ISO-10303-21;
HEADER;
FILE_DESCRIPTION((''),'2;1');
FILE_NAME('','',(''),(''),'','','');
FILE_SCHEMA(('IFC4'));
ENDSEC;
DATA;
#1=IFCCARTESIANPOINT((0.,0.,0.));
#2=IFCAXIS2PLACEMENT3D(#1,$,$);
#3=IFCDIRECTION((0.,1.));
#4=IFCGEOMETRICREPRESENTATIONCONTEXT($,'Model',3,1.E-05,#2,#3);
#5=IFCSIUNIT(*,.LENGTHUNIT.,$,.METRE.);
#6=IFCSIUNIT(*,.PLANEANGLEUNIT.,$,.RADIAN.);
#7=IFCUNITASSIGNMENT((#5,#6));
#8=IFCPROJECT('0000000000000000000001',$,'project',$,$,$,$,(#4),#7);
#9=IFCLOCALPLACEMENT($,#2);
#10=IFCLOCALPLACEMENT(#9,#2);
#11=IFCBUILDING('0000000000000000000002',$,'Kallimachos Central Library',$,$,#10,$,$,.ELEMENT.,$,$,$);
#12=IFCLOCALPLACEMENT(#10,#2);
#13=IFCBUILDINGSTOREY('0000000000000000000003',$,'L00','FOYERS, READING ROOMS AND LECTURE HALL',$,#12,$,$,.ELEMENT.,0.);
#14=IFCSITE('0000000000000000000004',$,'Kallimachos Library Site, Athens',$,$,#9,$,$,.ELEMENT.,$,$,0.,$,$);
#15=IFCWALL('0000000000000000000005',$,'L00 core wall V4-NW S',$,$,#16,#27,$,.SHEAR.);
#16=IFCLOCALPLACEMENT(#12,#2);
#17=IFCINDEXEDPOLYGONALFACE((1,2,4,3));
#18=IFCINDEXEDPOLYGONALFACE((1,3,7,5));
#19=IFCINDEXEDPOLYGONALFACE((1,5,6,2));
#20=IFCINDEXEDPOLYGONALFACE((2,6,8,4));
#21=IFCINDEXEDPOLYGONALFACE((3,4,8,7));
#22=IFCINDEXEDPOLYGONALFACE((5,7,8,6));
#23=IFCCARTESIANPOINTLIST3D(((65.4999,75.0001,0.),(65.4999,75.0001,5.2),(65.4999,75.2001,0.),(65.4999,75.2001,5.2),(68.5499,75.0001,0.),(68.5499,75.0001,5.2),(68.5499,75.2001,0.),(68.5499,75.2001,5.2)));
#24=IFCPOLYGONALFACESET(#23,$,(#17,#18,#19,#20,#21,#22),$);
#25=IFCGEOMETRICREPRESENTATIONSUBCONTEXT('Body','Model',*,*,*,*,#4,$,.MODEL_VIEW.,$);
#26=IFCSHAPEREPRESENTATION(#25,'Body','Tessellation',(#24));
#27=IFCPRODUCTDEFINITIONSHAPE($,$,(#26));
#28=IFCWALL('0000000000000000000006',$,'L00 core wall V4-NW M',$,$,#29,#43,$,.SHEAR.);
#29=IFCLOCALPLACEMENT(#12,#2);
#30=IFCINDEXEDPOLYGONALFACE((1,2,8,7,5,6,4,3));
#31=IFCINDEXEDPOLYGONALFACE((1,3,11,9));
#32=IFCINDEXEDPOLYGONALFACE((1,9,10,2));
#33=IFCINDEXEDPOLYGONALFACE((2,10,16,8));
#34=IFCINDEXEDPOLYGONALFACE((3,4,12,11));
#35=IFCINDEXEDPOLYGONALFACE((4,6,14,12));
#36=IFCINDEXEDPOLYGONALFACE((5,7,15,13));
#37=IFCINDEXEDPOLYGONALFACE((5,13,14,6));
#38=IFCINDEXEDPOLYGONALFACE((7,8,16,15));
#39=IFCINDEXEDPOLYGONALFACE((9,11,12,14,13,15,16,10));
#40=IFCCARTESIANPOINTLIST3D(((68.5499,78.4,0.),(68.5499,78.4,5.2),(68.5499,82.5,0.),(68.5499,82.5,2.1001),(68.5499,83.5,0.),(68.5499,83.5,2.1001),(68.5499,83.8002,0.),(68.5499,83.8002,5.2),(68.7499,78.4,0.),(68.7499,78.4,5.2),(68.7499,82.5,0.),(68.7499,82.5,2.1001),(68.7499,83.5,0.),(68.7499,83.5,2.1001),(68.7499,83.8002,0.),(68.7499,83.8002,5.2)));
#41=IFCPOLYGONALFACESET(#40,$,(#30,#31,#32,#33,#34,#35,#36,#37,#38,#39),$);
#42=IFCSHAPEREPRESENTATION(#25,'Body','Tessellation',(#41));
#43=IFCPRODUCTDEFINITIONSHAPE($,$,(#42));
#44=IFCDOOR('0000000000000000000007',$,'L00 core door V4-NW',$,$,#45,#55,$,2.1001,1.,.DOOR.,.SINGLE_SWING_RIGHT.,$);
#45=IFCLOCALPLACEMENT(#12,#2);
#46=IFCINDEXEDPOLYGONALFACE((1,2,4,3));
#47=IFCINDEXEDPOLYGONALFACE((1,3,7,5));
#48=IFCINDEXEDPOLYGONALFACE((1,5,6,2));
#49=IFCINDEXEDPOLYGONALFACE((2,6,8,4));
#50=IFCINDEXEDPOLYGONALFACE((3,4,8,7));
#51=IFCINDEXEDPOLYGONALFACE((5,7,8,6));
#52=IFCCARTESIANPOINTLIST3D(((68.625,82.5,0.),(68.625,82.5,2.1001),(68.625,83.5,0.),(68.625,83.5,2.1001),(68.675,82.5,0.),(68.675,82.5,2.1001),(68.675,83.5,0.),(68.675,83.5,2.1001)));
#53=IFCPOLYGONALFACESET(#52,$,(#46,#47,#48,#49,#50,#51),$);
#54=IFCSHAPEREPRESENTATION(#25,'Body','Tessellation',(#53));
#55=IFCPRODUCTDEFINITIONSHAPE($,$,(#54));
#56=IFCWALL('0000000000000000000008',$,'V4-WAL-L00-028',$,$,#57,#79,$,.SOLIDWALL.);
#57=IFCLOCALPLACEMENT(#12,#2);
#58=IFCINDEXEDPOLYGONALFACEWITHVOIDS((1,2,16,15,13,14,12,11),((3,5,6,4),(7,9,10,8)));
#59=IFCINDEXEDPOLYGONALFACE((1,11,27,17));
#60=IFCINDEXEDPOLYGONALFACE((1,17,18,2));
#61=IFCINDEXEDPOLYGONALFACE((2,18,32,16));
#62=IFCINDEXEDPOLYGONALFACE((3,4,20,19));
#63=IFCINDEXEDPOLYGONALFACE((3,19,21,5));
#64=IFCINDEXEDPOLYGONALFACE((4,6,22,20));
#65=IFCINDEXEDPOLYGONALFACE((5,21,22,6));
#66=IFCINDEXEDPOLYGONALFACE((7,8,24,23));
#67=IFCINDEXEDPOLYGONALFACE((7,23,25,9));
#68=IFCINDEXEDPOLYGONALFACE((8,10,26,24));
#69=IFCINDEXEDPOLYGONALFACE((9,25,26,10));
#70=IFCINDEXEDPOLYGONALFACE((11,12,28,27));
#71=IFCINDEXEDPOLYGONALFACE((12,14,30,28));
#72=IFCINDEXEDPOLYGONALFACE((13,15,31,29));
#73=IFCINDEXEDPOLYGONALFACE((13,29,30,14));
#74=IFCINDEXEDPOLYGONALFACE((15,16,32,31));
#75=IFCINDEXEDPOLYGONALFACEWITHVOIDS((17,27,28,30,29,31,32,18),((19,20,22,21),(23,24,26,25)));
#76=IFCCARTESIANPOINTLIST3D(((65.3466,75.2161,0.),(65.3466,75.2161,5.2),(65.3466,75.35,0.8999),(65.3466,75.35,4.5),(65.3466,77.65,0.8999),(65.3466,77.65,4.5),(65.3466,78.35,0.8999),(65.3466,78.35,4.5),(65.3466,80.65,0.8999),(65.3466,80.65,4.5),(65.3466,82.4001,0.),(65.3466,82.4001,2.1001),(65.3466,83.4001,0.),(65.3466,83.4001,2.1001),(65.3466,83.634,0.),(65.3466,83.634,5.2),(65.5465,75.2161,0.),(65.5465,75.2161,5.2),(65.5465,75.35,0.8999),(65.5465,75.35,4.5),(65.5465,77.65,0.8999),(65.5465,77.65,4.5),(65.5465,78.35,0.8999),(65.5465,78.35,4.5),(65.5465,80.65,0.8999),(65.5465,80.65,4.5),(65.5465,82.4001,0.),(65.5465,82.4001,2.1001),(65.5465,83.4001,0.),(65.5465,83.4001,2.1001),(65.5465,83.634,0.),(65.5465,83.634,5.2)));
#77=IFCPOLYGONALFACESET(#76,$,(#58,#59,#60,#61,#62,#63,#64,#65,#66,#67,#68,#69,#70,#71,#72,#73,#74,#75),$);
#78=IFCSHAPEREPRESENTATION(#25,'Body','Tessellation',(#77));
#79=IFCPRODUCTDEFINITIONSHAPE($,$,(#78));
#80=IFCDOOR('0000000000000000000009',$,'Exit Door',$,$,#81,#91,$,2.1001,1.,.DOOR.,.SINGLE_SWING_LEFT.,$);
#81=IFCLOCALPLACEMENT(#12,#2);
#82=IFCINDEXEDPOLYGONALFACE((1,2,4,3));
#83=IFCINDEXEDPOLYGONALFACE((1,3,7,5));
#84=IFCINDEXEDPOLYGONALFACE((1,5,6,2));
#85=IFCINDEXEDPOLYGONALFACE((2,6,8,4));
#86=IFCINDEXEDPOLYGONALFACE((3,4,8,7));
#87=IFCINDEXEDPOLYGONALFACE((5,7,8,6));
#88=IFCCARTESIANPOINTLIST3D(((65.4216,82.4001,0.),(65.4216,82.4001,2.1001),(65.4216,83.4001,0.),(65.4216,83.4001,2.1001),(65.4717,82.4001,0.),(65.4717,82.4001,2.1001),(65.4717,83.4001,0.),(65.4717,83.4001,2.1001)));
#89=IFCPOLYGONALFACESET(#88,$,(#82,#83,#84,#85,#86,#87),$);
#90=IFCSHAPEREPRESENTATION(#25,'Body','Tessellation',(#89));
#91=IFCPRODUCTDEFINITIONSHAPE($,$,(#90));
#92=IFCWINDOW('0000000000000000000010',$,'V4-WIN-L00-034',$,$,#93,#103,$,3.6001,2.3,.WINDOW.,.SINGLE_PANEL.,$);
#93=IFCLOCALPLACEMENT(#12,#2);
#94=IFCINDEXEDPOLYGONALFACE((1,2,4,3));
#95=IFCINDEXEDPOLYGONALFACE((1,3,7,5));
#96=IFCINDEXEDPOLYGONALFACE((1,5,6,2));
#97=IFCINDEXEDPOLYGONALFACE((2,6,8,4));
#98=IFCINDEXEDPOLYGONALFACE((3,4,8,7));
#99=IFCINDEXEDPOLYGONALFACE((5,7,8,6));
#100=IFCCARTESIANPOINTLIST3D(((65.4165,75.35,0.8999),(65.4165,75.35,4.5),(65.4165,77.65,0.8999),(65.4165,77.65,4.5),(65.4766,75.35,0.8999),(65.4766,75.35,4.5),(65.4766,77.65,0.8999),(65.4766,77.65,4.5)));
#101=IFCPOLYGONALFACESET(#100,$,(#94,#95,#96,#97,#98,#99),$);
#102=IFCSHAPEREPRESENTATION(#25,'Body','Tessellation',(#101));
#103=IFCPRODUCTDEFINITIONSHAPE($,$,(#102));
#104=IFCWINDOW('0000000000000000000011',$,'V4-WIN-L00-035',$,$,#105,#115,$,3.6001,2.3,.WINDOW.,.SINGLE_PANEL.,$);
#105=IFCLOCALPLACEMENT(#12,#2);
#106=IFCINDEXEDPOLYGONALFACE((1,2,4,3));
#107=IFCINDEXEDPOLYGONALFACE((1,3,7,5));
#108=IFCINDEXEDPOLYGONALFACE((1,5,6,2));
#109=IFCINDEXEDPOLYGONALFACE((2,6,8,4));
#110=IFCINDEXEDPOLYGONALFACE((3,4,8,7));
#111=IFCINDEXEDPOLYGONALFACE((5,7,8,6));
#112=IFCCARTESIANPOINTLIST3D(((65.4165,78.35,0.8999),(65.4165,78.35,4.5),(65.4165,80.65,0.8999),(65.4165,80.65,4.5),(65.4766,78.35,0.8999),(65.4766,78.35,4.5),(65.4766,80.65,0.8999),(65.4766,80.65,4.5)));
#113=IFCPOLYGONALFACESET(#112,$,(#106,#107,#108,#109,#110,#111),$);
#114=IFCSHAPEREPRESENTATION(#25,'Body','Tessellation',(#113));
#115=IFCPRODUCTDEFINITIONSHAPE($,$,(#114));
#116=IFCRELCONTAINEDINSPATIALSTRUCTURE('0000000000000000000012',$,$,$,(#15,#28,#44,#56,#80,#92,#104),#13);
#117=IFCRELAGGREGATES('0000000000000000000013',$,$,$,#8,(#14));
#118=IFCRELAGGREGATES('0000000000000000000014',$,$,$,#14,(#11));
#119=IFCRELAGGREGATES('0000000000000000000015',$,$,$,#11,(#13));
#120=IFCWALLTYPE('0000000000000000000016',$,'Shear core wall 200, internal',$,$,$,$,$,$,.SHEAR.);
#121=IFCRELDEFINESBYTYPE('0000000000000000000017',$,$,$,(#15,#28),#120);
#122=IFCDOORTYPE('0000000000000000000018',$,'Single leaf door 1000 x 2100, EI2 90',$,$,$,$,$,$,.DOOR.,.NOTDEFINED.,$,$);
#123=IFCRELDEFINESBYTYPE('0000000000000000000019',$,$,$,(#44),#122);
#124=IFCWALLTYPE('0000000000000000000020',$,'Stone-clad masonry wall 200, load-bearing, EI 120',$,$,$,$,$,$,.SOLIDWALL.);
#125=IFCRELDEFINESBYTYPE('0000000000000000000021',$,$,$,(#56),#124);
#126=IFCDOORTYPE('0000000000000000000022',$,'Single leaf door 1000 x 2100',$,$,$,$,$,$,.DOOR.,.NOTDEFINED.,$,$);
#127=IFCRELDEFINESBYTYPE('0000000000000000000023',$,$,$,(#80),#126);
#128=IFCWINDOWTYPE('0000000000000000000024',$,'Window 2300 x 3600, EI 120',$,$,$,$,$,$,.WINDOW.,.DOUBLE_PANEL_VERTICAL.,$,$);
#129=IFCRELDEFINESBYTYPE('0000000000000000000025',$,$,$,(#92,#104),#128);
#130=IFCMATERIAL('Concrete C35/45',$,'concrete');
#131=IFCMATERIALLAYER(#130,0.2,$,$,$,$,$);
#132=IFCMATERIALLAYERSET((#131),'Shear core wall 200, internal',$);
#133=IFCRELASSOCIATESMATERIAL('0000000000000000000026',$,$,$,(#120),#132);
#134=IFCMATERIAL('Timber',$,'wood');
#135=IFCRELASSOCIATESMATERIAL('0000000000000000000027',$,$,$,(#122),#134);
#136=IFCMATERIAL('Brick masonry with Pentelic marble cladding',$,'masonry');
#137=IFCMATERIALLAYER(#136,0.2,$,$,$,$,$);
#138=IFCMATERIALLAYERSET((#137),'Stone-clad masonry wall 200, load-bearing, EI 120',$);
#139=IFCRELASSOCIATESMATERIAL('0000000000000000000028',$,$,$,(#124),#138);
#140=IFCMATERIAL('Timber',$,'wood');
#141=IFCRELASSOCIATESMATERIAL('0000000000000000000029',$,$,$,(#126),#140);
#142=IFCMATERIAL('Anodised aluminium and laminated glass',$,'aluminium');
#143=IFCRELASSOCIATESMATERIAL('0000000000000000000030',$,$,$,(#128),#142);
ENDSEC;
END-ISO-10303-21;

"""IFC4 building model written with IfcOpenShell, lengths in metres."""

from ifc_helpers import new_model, si_unit, direction, frame, frame_2d, origin, place, context, subcontext, project, spatial, rectangle, extrude, material, layer, layer_set, type_object, element, fill, save


model = new_model("IFC4")

# Units and contexts
model_context = context("Model", 3, precision=1e-05, world=origin(), true_north=direction((0.0, 1.0)))
body_context = subcontext(model_context, "Body", "Model", "MODEL_VIEW")
ifc_project = project(units=[si_unit("LENGTHUNIT", "METRE"), si_unit("PLANEANGLEUNIT", "RADIAN")], contexts=[model_context])

# Site, building, storey
site_placement = place(None, origin())
site = spatial("IfcSite", under=ifc_project, at=site_placement, Name="Kallimachos Library Site, Athens", CompositionType="ELEMENT", RefElevation=0.0)
building_placement = place(site_placement, origin())
building = spatial("IfcBuilding", under=site, at=building_placement, Name="Kallimachos Central Library", CompositionType="ELEMENT")
storey_placement = place(building_placement, origin())
storey = spatial("IfcBuildingStorey", under=building, at=storey_placement, Name="L00", Description="FOYERS, READING ROOMS AND LECTURE HALL", CompositionType="ELEMENT", Elevation=0.0)

# Wall
ifc_material_1 = material(Name="Concrete C35/45", Category="concrete")
ifc_layer_1 = layer(ifc_material_1, 0.2)
ifc_layer_set_1 = layer_set([ifc_layer_1], Name="Shear core wall 200, internal")
wall_type_1 = type_object("IfcWallType", Name="Shear core wall 200, internal", PredefinedType="SHEAR", material=ifc_layer_set_1)
wall_1_placement = place(storey_placement, frame((65.5, 75.1001, 0.0), z_axis=(0.0, 0.0, 1.0), x_axis=(1.0, 0.0, 0.0)))
element("IfcWall", 1, at=wall_1_placement, inside=storey, type_object=wall_type_1, Name="L00 core wall V4-NW S", PredefinedType="SHEAR", context=body_context, shape_type="SweptSolid", body=[
    extrude(rectangle(XDim=3.05, YDim=0.2, at=frame_2d((1.5249, 0.0))), origin(), (0.0, 0.0, 1.0), 5.2),
])

# Wall, opening, door
wall_2_placement = place(storey_placement, frame((68.6499, 78.3999, 0.0), z_axis=(0.0, 0.0, 1.0), x_axis=(0.0, 1.0, 0.0)))
wall_2 = element("IfcWall", 2, at=wall_2_placement, inside=storey, type_object=wall_type_1, Name="L00 core wall V4-NW M", PredefinedType="SHEAR", context=body_context, shape_type="SweptSolid", body=[
    extrude(rectangle(XDim=5.4001, YDim=0.2, at=frame_2d((2.7002, 0.0))), origin(), (0.0, 0.0, 1.0), 5.2),
])
opening_1_placement = place(wall_2_placement, frame((4.1001, 0.0, 0.0)))
opening_1 = element("IfcOpeningElement", 3, at=opening_1_placement, cuts=wall_2, PredefinedType="OPENING", context=body_context, shape_type="SweptSolid", body=[
    extrude(rectangle(XDim=1.0, YDim=2.1001, at=frame_2d((0.5, 1.05))), frame((0.0, 0.1099, 0.0), z_axis=(0.0, -1.0, 0.0), x_axis=(1.0, 0.0, 0.0)), (0.0, 0.0, 1.0), 0.22),
])
ifc_material_2 = material(Name="Timber", Category="wood")
door_type_1 = type_object("IfcDoorType", Name="Single leaf door 1000 x 2100, EI2 90", OperationType="NOTDEFINED", PredefinedType="DOOR", material=ifc_material_2)
door_1_placement = place(opening_1_placement, origin())
door_1 = element("IfcDoor", 4, at=door_1_placement, inside=storey, type_object=door_type_1, Name="L00 core door V4-NW", OperationType="SINGLE_SWING_RIGHT", OverallHeight=2.1001, OverallWidth=1.0, PredefinedType="DOOR", context=body_context, shape_type="SweptSolid", body=[
    extrude(rectangle(XDim=1.0, YDim=2.1001, at=frame_2d((0.5, 1.05))), frame((0.0, 0.0249, 0.0), z_axis=(0.0, -1.0, 0.0), x_axis=(1.0, 0.0, 0.0)), (0.0, 0.0, 1.0), 0.05),
])
fill(opening_1, door_1)

# Wall, openings, door, windows
ifc_material_3 = material(Name="Brick masonry with Pentelic marble cladding", Category="masonry")
ifc_layer_2 = layer(ifc_material_3, 0.2)
ifc_layer_set_2 = layer_set([ifc_layer_2], Name="Stone-clad masonry wall 200, load-bearing, EI 120")
wall_type_2 = type_object("IfcWallType", Name="Stone-clad masonry wall 200, load-bearing, EI 120", PredefinedType="SOLIDWALL", material=ifc_layer_set_2)
wall_3_placement = place(storey_placement, frame((65.4465, 75.2161, 0.0), z_axis=(0.0, 0.0, 1.0), x_axis=(0.0, 1.0, 0.0)))
wall_3 = element("IfcWall", 5, at=wall_3_placement, inside=storey, type_object=wall_type_2, Name="V4-WAL-L00-028", PredefinedType="SOLIDWALL", context=body_context, shape_type="SweptSolid", body=[
    extrude(rectangle(XDim=8.418, YDim=0.2, at=frame_2d((4.209, 0.0))), origin(), (0.0, 0.0, 1.0), 5.2),
])
opening_2_placement = place(wall_3_placement, frame((7.1841, 0.0, 0.0)))
opening_2 = element("IfcOpeningElement", 6, at=opening_2_placement, cuts=wall_3, PredefinedType="OPENING", context=body_context, shape_type="SweptSolid", body=[
    extrude(rectangle(XDim=1.0, YDim=2.1001, at=frame_2d((0.5, 1.05))), frame((0.0, 0.1099, 0.0), z_axis=(0.0, -1.0, 0.0), x_axis=(1.0, 0.0, 0.0)), (0.0, 0.0, 1.0), 0.22),
])
opening_3_placement = place(wall_3_placement, frame((0.134, 0.0, 0.8999)))
opening_3 = element("IfcOpeningElement", 7, at=opening_3_placement, cuts=wall_3, PredefinedType="OPENING", context=body_context, shape_type="SweptSolid", body=[
    extrude(rectangle(XDim=2.3, YDim=3.6001, at=frame_2d((1.1499, 1.8))), frame((0.0, 0.1099, 0.0), z_axis=(0.0, -1.0, 0.0), x_axis=(1.0, 0.0, 0.0)), (0.0, 0.0, 1.0), 0.22),
])
opening_4_placement = place(wall_3_placement, frame((3.134, 0.0, 0.8999)))
opening_4 = element("IfcOpeningElement", 8, at=opening_4_placement, cuts=wall_3, PredefinedType="OPENING", context=body_context, shape_type="SweptSolid", body=[
    extrude(rectangle(XDim=2.3, YDim=3.6001, at=frame_2d((1.1499, 1.8))), frame((0.0, 0.1099, 0.0), z_axis=(0.0, -1.0, 0.0), x_axis=(1.0, 0.0, 0.0)), (0.0, 0.0, 1.0), 0.22),
])
ifc_material_4 = material(Name="Timber", Category="wood")
door_type_2 = type_object("IfcDoorType", Name="Single leaf door 1000 x 2100", OperationType="NOTDEFINED", PredefinedType="DOOR", material=ifc_material_4)
door_2_placement = place(opening_2_placement, origin())
door_2 = element("IfcDoor", 9, at=door_2_placement, inside=storey, type_object=door_type_2, Name="Exit Door", OperationType="SINGLE_SWING_LEFT", OverallHeight=2.1001, OverallWidth=1.0, PredefinedType="DOOR", context=body_context, shape_type="SweptSolid", body=[
    extrude(rectangle(XDim=1.0, YDim=2.1001, at=frame_2d((0.5, 1.05))), frame((0.0, 0.0249, 0.0), z_axis=(0.0, -1.0, 0.0), x_axis=(1.0, 0.0, 0.0)), (0.0, 0.0, 1.0), 0.05),
])
fill(opening_2, door_2)
ifc_material_5 = material(Name="Anodised aluminium and laminated glass", Category="aluminium")
window_type = type_object("IfcWindowType", Name="Window 2300 x 3600, EI 120", PartitioningType="DOUBLE_PANEL_VERTICAL", PredefinedType="WINDOW", material=ifc_material_5)
window_1_placement = place(opening_3_placement, origin())
window_1 = element("IfcWindow", 10, at=window_1_placement, inside=storey, type_object=window_type, Name="V4-WIN-L00-034", OverallHeight=3.6001, OverallWidth=2.3, PartitioningType="SINGLE_PANEL", PredefinedType="WINDOW", context=body_context, shape_type="SweptSolid", body=[
    extrude(rectangle(XDim=2.3, YDim=3.6001, at=frame_2d((1.1499, 1.8))), frame((0.0, 0.03, 0.0), z_axis=(0.0, -1.0, 0.0), x_axis=(1.0, 0.0, 0.0)), (0.0, 0.0, 1.0), 0.0601),
])
fill(opening_3, window_1)
window_2_placement = place(opening_4_placement, origin())
window_2 = element("IfcWindow", 11, at=window_2_placement, inside=storey, type_object=window_type, Name="V4-WIN-L00-035", OverallHeight=3.6001, OverallWidth=2.3, PartitioningType="SINGLE_PANEL", PredefinedType="WINDOW", context=body_context, shape_type="SweptSolid", body=[
    extrude(rectangle(XDim=2.3, YDim=3.6001, at=frame_2d((1.1499, 1.8))), frame((0.0, 0.03, 0.0), z_axis=(0.0, -1.0, 0.0), x_axis=(1.0, 0.0, 0.0)), (0.0, 0.0, 1.0), 0.0601),
])
fill(opening_4, window_2)

save(model, "model.ifc")
